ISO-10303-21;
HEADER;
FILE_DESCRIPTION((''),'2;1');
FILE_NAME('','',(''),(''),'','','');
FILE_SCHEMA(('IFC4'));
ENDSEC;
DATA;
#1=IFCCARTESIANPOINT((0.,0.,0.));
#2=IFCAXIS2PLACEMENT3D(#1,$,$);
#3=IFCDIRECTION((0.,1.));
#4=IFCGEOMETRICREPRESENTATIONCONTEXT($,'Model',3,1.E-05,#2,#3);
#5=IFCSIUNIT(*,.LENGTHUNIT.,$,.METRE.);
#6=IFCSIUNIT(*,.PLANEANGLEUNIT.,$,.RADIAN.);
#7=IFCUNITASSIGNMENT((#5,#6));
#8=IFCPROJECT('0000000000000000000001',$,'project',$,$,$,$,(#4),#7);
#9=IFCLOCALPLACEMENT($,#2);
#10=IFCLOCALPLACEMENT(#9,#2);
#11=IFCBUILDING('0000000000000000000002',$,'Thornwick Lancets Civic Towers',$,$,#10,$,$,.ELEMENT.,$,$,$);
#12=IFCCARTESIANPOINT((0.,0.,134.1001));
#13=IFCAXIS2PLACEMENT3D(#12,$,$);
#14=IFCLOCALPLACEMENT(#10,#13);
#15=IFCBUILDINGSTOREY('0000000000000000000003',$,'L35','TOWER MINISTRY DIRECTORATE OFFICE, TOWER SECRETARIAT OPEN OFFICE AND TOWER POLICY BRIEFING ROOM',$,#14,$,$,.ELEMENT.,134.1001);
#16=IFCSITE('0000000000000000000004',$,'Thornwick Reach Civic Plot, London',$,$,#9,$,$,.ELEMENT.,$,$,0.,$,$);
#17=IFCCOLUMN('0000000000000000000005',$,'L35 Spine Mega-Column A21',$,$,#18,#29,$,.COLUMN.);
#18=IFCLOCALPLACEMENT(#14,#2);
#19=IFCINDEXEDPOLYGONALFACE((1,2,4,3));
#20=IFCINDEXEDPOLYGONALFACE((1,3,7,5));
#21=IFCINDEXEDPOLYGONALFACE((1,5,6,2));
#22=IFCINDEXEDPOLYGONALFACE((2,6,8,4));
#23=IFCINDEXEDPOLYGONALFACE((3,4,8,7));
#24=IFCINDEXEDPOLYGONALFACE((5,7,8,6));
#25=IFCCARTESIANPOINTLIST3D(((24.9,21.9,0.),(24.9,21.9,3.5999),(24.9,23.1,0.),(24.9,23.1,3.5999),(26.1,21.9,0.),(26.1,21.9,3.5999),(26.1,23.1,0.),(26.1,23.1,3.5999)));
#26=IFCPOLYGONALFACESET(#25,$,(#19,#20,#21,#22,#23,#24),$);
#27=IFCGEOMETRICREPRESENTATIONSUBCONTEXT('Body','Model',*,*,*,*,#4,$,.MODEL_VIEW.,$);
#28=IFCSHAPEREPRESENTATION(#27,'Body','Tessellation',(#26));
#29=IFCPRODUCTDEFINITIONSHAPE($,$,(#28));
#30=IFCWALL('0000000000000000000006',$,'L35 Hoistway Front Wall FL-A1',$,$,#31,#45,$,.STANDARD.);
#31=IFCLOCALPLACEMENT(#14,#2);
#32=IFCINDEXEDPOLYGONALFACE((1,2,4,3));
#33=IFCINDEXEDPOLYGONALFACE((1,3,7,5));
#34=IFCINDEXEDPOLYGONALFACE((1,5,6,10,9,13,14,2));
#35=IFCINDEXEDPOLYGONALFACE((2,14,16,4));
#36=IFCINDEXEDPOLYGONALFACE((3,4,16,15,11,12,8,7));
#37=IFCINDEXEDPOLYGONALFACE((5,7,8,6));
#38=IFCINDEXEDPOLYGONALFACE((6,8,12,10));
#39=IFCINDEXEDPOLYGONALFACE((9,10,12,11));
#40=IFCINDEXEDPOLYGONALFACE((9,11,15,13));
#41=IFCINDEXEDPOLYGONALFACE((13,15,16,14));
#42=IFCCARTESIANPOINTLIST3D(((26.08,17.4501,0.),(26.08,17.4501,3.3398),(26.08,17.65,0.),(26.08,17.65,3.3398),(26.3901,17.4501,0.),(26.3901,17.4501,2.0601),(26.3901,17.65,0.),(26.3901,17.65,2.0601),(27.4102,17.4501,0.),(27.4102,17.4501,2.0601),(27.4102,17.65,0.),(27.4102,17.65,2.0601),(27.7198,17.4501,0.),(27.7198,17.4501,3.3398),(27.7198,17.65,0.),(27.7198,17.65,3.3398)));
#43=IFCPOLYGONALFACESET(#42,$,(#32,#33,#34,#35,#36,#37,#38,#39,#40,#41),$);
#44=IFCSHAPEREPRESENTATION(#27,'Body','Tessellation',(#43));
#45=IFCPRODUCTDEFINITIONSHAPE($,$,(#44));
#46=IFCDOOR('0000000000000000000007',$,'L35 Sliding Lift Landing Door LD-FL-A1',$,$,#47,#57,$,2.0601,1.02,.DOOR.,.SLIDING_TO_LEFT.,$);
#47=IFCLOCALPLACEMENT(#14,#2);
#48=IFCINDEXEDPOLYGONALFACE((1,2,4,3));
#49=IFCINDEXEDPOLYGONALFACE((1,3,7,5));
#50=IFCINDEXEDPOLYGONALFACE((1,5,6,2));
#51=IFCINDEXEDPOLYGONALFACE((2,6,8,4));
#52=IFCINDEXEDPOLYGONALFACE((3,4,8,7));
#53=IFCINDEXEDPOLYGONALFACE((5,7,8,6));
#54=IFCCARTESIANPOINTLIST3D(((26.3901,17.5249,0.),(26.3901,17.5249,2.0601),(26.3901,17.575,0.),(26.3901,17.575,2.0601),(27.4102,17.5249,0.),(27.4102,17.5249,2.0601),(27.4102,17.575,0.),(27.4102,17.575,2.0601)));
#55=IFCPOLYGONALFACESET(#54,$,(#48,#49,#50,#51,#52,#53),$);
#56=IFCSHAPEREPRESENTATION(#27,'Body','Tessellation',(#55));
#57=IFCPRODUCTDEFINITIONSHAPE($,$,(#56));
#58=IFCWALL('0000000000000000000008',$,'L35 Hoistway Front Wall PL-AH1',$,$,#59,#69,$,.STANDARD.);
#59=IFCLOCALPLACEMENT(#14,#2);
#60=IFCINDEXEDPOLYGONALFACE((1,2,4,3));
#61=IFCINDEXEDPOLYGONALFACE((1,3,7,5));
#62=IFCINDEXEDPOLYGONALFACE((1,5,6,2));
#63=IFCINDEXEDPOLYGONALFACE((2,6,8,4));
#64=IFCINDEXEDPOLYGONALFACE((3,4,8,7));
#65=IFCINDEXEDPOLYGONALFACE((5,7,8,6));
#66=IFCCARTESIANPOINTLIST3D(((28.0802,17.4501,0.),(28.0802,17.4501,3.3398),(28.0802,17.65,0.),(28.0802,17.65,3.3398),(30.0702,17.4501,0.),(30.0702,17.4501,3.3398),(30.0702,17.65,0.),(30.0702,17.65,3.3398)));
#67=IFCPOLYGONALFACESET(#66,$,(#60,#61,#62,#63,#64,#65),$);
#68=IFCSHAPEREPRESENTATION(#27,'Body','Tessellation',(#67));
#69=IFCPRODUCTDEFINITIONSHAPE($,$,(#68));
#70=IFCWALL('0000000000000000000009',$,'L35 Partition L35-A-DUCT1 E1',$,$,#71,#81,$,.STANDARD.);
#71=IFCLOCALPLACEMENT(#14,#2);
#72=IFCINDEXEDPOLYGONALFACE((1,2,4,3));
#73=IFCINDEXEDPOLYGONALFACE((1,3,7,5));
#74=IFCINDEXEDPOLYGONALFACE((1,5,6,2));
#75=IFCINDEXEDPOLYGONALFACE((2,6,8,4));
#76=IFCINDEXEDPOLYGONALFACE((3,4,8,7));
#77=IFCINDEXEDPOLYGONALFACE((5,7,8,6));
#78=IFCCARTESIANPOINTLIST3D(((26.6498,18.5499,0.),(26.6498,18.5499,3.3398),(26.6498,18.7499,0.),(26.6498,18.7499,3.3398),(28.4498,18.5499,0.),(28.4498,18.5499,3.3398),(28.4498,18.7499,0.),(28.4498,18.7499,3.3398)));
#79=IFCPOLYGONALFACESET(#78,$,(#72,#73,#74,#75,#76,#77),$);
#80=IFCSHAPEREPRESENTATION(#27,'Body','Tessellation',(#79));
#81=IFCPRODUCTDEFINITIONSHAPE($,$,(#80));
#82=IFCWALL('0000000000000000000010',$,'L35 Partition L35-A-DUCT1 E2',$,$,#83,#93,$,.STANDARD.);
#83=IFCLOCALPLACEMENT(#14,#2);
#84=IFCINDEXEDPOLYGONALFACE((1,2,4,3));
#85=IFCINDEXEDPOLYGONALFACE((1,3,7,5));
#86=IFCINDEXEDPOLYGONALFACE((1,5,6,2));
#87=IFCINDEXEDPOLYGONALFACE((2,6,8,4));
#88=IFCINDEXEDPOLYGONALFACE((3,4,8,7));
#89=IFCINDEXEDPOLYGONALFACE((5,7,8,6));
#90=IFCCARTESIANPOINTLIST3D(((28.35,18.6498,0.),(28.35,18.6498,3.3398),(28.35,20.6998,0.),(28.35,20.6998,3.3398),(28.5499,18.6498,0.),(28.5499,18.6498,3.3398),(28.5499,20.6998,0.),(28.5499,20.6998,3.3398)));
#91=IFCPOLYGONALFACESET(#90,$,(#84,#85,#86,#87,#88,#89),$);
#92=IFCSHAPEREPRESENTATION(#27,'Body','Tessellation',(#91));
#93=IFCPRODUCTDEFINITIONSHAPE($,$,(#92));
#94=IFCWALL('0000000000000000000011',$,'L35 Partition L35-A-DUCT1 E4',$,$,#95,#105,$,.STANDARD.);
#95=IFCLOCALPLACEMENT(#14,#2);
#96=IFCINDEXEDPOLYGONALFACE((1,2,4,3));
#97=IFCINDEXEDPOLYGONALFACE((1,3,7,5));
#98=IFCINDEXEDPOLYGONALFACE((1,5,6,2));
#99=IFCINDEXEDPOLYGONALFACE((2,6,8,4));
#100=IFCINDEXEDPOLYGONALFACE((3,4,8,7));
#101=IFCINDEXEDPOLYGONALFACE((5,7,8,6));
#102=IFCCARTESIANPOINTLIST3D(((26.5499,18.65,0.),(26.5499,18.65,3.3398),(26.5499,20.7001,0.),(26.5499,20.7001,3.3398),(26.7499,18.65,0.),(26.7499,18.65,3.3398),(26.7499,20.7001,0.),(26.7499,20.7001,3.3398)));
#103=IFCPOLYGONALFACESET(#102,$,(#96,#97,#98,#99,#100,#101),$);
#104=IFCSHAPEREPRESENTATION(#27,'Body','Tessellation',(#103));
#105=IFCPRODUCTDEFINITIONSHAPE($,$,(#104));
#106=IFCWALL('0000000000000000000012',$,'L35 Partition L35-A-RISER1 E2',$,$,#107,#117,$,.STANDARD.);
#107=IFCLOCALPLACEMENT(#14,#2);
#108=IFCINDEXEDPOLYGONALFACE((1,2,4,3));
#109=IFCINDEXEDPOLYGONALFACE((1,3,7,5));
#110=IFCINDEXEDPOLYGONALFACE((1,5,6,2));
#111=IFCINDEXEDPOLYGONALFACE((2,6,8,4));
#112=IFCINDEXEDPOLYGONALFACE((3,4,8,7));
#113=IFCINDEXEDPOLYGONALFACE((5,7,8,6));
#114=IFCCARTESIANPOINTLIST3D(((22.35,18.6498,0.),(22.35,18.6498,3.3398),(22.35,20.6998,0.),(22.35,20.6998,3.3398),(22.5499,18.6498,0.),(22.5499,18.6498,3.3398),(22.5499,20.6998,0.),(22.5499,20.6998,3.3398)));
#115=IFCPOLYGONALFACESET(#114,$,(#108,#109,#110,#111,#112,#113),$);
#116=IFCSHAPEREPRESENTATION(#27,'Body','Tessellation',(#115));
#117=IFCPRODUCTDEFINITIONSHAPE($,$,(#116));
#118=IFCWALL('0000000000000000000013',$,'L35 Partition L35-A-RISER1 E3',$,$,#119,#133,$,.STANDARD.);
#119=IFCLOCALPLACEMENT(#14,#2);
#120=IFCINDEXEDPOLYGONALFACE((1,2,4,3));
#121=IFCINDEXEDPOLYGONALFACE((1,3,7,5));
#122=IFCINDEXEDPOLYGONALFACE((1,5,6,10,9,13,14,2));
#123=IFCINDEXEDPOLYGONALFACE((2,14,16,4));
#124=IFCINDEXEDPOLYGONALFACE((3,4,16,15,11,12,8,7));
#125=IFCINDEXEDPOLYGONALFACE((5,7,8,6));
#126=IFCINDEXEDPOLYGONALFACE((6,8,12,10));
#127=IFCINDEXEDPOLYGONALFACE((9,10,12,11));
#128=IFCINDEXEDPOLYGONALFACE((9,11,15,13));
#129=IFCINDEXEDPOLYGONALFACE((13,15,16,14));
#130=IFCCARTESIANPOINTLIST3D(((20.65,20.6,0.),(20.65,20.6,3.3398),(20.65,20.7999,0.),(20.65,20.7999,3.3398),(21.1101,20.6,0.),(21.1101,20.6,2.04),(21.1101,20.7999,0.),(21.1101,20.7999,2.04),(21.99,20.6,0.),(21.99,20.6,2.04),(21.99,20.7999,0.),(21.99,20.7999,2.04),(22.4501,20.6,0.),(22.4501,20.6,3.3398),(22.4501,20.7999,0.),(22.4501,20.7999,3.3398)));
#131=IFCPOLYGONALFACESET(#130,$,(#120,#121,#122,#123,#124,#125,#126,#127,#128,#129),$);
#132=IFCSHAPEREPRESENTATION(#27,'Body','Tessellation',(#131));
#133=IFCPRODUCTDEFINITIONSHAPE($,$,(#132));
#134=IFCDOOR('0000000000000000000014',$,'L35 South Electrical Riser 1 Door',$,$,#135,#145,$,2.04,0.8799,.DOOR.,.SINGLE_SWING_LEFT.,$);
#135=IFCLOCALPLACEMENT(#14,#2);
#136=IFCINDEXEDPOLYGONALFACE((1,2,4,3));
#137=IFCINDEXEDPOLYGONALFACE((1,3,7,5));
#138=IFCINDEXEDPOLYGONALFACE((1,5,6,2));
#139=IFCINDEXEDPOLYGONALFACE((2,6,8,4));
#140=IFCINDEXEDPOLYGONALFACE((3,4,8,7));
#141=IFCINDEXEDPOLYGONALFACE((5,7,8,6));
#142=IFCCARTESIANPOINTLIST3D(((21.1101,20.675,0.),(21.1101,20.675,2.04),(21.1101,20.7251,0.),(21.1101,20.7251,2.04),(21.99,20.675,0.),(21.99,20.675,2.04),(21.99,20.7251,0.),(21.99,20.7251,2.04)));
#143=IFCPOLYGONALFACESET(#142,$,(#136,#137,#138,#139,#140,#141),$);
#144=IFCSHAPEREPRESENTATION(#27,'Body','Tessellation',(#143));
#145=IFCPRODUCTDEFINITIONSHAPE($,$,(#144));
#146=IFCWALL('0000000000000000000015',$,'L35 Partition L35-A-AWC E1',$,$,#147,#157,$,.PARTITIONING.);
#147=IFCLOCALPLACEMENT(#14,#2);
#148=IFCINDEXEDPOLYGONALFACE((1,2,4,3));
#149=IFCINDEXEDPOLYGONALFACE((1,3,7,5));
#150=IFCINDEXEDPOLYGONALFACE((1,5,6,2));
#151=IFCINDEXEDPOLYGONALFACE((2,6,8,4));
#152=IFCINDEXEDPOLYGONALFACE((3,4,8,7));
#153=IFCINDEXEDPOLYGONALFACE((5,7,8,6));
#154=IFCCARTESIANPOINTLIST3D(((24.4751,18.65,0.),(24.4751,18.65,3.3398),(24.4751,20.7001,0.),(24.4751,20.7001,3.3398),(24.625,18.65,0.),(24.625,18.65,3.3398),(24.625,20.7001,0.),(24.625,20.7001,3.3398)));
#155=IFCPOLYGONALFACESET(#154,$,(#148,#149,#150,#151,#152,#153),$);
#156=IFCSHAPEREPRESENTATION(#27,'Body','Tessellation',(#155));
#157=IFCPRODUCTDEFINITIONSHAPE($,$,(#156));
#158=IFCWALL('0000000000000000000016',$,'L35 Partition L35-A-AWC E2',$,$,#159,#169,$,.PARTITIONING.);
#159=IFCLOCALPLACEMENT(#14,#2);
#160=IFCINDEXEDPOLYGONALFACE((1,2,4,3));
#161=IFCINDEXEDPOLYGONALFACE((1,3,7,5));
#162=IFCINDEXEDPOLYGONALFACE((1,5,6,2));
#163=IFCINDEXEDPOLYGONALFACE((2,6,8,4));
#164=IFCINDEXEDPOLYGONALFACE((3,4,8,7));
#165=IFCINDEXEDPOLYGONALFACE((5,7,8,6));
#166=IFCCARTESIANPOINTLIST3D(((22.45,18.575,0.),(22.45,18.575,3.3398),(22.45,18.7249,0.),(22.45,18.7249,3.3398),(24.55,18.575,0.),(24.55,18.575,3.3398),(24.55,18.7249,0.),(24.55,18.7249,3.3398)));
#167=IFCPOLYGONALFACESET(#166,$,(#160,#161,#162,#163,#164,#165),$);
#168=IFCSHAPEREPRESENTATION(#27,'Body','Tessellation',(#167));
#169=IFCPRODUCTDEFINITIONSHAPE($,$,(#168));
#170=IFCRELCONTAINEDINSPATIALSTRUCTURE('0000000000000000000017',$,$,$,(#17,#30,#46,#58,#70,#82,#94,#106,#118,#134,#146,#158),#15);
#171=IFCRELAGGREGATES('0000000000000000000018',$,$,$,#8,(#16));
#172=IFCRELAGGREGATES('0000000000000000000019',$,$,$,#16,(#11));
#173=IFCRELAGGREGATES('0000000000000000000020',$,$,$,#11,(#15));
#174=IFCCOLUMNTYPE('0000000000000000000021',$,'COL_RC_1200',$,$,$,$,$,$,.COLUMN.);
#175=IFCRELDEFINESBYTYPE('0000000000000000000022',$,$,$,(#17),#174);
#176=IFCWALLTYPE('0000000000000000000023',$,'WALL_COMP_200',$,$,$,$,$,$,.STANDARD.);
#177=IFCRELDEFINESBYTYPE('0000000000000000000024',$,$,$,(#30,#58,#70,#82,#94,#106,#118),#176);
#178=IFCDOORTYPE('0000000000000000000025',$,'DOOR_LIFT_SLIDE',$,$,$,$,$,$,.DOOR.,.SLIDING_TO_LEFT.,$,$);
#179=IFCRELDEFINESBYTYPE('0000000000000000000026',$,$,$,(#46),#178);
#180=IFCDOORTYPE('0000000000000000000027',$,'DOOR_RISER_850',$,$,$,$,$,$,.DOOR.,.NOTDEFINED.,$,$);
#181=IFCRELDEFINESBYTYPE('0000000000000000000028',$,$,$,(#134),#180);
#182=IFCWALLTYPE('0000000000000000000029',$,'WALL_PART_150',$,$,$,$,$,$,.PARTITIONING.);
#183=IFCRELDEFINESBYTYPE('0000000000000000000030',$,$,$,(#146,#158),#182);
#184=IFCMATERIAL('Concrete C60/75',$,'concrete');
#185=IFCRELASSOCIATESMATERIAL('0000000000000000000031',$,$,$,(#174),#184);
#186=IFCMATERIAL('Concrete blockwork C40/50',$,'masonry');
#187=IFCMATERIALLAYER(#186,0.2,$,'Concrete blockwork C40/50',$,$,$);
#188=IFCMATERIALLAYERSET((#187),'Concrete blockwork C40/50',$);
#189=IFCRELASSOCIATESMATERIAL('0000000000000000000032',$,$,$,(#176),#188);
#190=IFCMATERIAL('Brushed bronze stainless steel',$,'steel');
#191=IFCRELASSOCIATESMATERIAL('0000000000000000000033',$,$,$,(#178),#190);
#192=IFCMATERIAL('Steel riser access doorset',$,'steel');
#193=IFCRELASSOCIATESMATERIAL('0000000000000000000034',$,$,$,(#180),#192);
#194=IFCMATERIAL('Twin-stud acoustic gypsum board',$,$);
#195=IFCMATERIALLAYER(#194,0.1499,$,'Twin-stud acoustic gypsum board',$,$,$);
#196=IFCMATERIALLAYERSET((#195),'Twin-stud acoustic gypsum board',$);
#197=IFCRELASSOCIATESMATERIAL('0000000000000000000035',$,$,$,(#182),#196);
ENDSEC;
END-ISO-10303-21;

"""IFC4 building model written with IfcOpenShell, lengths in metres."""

from ifc_helpers import new_model, si_unit, direction, frame, frame_2d, origin, origin_2d, place, context, subcontext, project, spatial, rectangle, extrude, material, layer, layer_set, material_profile, profile_set, type_object, element, fill, save


model = new_model("IFC4")

# Units and contexts
model_context = context("Model", 3, precision=1e-05, world=origin(), true_north=direction((0.0, 1.0)))
body_context = subcontext(model_context, "Body", "Model", "MODEL_VIEW")
ifc_project = project(units=[si_unit("LENGTHUNIT", "METRE"), si_unit("PLANEANGLEUNIT", "RADIAN")], contexts=[model_context])

# Site, building, storey
site_placement = place(None, origin())
site = spatial("IfcSite", under=ifc_project, at=site_placement, Name="Thornwick Reach Civic Plot, London", CompositionType="ELEMENT", RefElevation=0.0)
building_placement = place(site_placement, origin())
building = spatial("IfcBuilding", under=site, at=building_placement, Name="Thornwick Lancets Civic Towers", CompositionType="ELEMENT")
storey_placement = place(building_placement, frame((0.0, 0.0, 134.1001)))
storey = spatial("IfcBuildingStorey", under=building, at=storey_placement, Name="L35", Description="TOWER MINISTRY DIRECTORATE OFFICE, TOWER SECRETARIAT OPEN OFFICE AND TOWER POLICY BRIEFING ROOM", CompositionType="ELEMENT", Elevation=134.1001)

# Column
ifc_material_1 = material(Name="Concrete C60/75", Category="concrete")
ifc_material_profile = material_profile(ifc_material_1, rectangle(XDim=1.2, YDim=1.2, at=origin_2d()), Name="RC 1200x1200")
ifc_profile_set = profile_set([ifc_material_profile], Name="Concrete C60/75")
column_type = type_object("IfcColumnType", Name="COL_RC_1200", PredefinedType="COLUMN", material=ifc_profile_set)
column_placement = place(storey_placement, frame((25.5, 22.5, 0.0), z_axis=(0.0, 0.0, 1.0), x_axis=(1.0, 0.0, 0.0)))
element("IfcColumn", 1, at=column_placement, inside=storey, type_object=column_type, Name="L35 Spine Mega-Column A21", PredefinedType="COLUMN", context=body_context, shape_type="SweptSolid", body=[
    extrude(rectangle(XDim=1.2, YDim=1.2, at=origin_2d()), origin(), (0.0, 0.0, 1.0), 3.5999),
])

# Wall, opening, door
ifc_material_2 = material(Name="Concrete blockwork C40/50", Category="masonry")
ifc_layer_1 = layer(ifc_material_2, 0.2, Name="Concrete blockwork C40/50")
ifc_layer_set_1 = layer_set([ifc_layer_1], Name="Concrete blockwork C40/50")
wall_type_1 = type_object("IfcWallType", Name="WALL_COMP_200", PredefinedType="STANDARD", material=ifc_layer_set_1)
wall_1_placement = place(storey_placement, frame((26.0801, 17.55, 0.0), z_axis=(0.0, 0.0, 1.0), x_axis=(1.0, 0.0, 0.0)))
wall_1 = element("IfcWall", 2, at=wall_1_placement, inside=storey, type_object=wall_type_1, Name="L35 Hoistway Front Wall FL-A1", PredefinedType="STANDARD", context=body_context, shape_type="SweptSolid", body=[
    extrude(rectangle(XDim=1.6399, YDim=0.2, at=frame_2d((0.8198, 0.0))), origin(), (0.0, 0.0, 1.0), 3.3398),
])
opening_1_placement = place(wall_1_placement, frame((0.3101, 0.0, 0.0)))
opening_1 = element("IfcOpeningElement", 3, at=opening_1_placement, cuts=wall_1, PredefinedType="OPENING", context=body_context, shape_type="SweptSolid", body=[
    extrude(rectangle(XDim=1.02, YDim=2.0601, at=frame_2d((0.51, 1.03))), frame((0.0, 0.1099, 0.0), z_axis=(0.0, -1.0, 0.0), x_axis=(1.0, 0.0, 0.0)), (0.0, 0.0, 1.0), 0.22),
])
ifc_material_3 = material(Name="Brushed bronze stainless steel", Category="steel")
door_type_1 = type_object("IfcDoorType", Name="DOOR_LIFT_SLIDE", OperationType="SLIDING_TO_LEFT", PredefinedType="DOOR", material=ifc_material_3)
door_1_placement = place(opening_1_placement, origin())
door_1 = element("IfcDoor", 4, at=door_1_placement, inside=storey, type_object=door_type_1, Name="L35 Sliding Lift Landing Door LD-FL-A1", OperationType="SLIDING_TO_LEFT", OverallHeight=2.0601, OverallWidth=1.02, PredefinedType="DOOR", context=body_context, shape_type="SweptSolid", body=[
    extrude(rectangle(XDim=1.02, YDim=2.0601, at=frame_2d((0.51, 1.03))), frame((0.0, 0.0249, 0.0), z_axis=(0.0, -1.0, 0.0), x_axis=(1.0, 0.0, 0.0)), (0.0, 0.0, 1.0), 0.05),
])
fill(opening_1, door_1)

# Walls
wall_2_placement = place(storey_placement, frame((28.0801, 17.55, 0.0), z_axis=(0.0, 0.0, 1.0), x_axis=(1.0, 0.0, 0.0)))
element("IfcWall", 5, at=wall_2_placement, inside=storey, type_object=wall_type_1, Name="L35 Hoistway Front Wall PL-AH1", PredefinedType="STANDARD", context=body_context, shape_type="SweptSolid", body=[
    extrude(rectangle(XDim=1.99, YDim=0.2, at=frame_2d((0.9951, 0.0))), origin(), (0.0, 0.0, 1.0), 3.3398),
])
wall_3_placement = place(storey_placement, frame((26.6499, 18.6499, 0.0), z_axis=(0.0, 0.0, 1.0), x_axis=(1.0, 0.0, 0.0)))
element("IfcWall", 6, at=wall_3_placement, inside=storey, type_object=wall_type_1, Name="L35 Partition L35-A-DUCT1 E1", PredefinedType="STANDARD", context=body_context, shape_type="SweptSolid", body=[
    extrude(rectangle(XDim=1.8, YDim=0.2, at=frame_2d((0.8999, 0.0))), origin(), (0.0, 0.0, 1.0), 3.3398),
])
for number, where, z_axis, x_axis, name in (
    (7, (28.45, 18.6499, 0.0), (0.0, 0.0, 1.0), (0.0, 1.0, 0.0), "L35 Partition L35-A-DUCT1 E2"),
    (8, (26.6499, 20.7, 0.0), (0.0, 0.0, 1.0), (0.0, -1.0, 0.0), "L35 Partition L35-A-DUCT1 E4"),
    (9, (22.45, 18.6499, 0.0), (0.0, 0.0, 1.0), (0.0, 1.0, 0.0), "L35 Partition L35-A-RISER1 E2"),
):
    element("IfcWall", number, at=place(storey_placement, frame(where, z_axis=z_axis, x_axis=x_axis)), inside=storey, type_object=wall_type_1, Name=name, PredefinedType="STANDARD", context=body_context, shape_type="SweptSolid", body=[
        extrude(rectangle(XDim=2.05, YDim=0.2, at=frame_2d((1.0249, 0.0))), origin(), (0.0, 0.0, 1.0), 3.3398),
    ])

# Wall, opening, door
wall_4_placement = place(storey_placement, frame((22.45, 20.7, 0.0), z_axis=(0.0, 0.0, 1.0), x_axis=(-1.0, 0.0, 0.0)))
wall_4 = element("IfcWall", 10, at=wall_4_placement, inside=storey, type_object=wall_type_1, Name="L35 Partition L35-A-RISER1 E3", PredefinedType="STANDARD", context=body_context, shape_type="SweptSolid", body=[
    extrude(rectangle(XDim=1.8, YDim=0.2, at=frame_2d((0.8999, 0.0))), origin(), (0.0, 0.0, 1.0), 3.3398),
])
opening_2_placement = place(wall_4_placement, frame((0.46, 0.0, 0.0)))
opening_2 = element("IfcOpeningElement", 11, at=opening_2_placement, cuts=wall_4, PredefinedType="OPENING", context=body_context, shape_type="SweptSolid", body=[
    extrude(rectangle(XDim=0.8799, YDim=2.04, at=frame_2d((0.4399, 1.02))), frame((0.0, 0.1099, 0.0), z_axis=(0.0, -1.0, 0.0), x_axis=(1.0, 0.0, 0.0)), (0.0, 0.0, 1.0), 0.22),
])
ifc_material_4 = material(Name="Steel riser access doorset", Category="steel")
door_type_2 = type_object("IfcDoorType", Name="DOOR_RISER_850", OperationType="NOTDEFINED", PredefinedType="DOOR", material=ifc_material_4)
door_2_placement = place(opening_2_placement, origin())
door_2 = element("IfcDoor", 12, at=door_2_placement, inside=storey, type_object=door_type_2, Name="L35 South Electrical Riser 1 Door", OperationType="SINGLE_SWING_LEFT", OverallHeight=2.04, OverallWidth=0.8799, PredefinedType="DOOR", context=body_context, shape_type="SweptSolid", body=[
    extrude(rectangle(XDim=0.8799, YDim=2.04, at=frame_2d((0.4399, 1.02))), frame((0.0, 0.0249, 0.0), z_axis=(0.0, -1.0, 0.0), x_axis=(1.0, 0.0, 0.0)), (0.0, 0.0, 1.0), 0.05),
])
fill(opening_2, door_2)

# Walls
ifc_material_5 = material(Name="Twin-stud acoustic gypsum board")
ifc_layer_2 = layer(ifc_material_5, 0.1499, Name="Twin-stud acoustic gypsum board")
ifc_layer_set_2 = layer_set([ifc_layer_2], Name="Twin-stud acoustic gypsum board")
wall_type_2 = type_object("IfcWallType", Name="WALL_PART_150", PredefinedType="PARTITIONING", material=ifc_layer_set_2)
wall_5_placement = place(storey_placement, frame((24.55, 20.7, 0.0), z_axis=(0.0, 0.0, 1.0), x_axis=(0.0, -1.0, 0.0)))
element("IfcWall", 13, at=wall_5_placement, inside=storey, type_object=wall_type_2, Name="L35 Partition L35-A-AWC E1", PredefinedType="PARTITIONING", context=body_context, shape_type="SweptSolid", body=[
    extrude(rectangle(XDim=2.05, YDim=0.1499, at=frame_2d((1.0249, 0.0))), origin(), (0.0, 0.0, 1.0), 3.3398),
])
wall_6_placement = place(storey_placement, frame((24.55, 18.6499, 0.0), z_axis=(0.0, 0.0, 1.0), x_axis=(-1.0, 0.0, 0.0)))
element("IfcWall", 14, at=wall_6_placement, inside=storey, type_object=wall_type_2, Name="L35 Partition L35-A-AWC E2", PredefinedType="PARTITIONING", context=body_context, shape_type="SweptSolid", body=[
    extrude(rectangle(XDim=2.1001, YDim=0.1499, at=frame_2d((1.05, 0.0))), origin(), (0.0, 0.0, 1.0), 3.3398),
])

save(model, "model.ifc")
